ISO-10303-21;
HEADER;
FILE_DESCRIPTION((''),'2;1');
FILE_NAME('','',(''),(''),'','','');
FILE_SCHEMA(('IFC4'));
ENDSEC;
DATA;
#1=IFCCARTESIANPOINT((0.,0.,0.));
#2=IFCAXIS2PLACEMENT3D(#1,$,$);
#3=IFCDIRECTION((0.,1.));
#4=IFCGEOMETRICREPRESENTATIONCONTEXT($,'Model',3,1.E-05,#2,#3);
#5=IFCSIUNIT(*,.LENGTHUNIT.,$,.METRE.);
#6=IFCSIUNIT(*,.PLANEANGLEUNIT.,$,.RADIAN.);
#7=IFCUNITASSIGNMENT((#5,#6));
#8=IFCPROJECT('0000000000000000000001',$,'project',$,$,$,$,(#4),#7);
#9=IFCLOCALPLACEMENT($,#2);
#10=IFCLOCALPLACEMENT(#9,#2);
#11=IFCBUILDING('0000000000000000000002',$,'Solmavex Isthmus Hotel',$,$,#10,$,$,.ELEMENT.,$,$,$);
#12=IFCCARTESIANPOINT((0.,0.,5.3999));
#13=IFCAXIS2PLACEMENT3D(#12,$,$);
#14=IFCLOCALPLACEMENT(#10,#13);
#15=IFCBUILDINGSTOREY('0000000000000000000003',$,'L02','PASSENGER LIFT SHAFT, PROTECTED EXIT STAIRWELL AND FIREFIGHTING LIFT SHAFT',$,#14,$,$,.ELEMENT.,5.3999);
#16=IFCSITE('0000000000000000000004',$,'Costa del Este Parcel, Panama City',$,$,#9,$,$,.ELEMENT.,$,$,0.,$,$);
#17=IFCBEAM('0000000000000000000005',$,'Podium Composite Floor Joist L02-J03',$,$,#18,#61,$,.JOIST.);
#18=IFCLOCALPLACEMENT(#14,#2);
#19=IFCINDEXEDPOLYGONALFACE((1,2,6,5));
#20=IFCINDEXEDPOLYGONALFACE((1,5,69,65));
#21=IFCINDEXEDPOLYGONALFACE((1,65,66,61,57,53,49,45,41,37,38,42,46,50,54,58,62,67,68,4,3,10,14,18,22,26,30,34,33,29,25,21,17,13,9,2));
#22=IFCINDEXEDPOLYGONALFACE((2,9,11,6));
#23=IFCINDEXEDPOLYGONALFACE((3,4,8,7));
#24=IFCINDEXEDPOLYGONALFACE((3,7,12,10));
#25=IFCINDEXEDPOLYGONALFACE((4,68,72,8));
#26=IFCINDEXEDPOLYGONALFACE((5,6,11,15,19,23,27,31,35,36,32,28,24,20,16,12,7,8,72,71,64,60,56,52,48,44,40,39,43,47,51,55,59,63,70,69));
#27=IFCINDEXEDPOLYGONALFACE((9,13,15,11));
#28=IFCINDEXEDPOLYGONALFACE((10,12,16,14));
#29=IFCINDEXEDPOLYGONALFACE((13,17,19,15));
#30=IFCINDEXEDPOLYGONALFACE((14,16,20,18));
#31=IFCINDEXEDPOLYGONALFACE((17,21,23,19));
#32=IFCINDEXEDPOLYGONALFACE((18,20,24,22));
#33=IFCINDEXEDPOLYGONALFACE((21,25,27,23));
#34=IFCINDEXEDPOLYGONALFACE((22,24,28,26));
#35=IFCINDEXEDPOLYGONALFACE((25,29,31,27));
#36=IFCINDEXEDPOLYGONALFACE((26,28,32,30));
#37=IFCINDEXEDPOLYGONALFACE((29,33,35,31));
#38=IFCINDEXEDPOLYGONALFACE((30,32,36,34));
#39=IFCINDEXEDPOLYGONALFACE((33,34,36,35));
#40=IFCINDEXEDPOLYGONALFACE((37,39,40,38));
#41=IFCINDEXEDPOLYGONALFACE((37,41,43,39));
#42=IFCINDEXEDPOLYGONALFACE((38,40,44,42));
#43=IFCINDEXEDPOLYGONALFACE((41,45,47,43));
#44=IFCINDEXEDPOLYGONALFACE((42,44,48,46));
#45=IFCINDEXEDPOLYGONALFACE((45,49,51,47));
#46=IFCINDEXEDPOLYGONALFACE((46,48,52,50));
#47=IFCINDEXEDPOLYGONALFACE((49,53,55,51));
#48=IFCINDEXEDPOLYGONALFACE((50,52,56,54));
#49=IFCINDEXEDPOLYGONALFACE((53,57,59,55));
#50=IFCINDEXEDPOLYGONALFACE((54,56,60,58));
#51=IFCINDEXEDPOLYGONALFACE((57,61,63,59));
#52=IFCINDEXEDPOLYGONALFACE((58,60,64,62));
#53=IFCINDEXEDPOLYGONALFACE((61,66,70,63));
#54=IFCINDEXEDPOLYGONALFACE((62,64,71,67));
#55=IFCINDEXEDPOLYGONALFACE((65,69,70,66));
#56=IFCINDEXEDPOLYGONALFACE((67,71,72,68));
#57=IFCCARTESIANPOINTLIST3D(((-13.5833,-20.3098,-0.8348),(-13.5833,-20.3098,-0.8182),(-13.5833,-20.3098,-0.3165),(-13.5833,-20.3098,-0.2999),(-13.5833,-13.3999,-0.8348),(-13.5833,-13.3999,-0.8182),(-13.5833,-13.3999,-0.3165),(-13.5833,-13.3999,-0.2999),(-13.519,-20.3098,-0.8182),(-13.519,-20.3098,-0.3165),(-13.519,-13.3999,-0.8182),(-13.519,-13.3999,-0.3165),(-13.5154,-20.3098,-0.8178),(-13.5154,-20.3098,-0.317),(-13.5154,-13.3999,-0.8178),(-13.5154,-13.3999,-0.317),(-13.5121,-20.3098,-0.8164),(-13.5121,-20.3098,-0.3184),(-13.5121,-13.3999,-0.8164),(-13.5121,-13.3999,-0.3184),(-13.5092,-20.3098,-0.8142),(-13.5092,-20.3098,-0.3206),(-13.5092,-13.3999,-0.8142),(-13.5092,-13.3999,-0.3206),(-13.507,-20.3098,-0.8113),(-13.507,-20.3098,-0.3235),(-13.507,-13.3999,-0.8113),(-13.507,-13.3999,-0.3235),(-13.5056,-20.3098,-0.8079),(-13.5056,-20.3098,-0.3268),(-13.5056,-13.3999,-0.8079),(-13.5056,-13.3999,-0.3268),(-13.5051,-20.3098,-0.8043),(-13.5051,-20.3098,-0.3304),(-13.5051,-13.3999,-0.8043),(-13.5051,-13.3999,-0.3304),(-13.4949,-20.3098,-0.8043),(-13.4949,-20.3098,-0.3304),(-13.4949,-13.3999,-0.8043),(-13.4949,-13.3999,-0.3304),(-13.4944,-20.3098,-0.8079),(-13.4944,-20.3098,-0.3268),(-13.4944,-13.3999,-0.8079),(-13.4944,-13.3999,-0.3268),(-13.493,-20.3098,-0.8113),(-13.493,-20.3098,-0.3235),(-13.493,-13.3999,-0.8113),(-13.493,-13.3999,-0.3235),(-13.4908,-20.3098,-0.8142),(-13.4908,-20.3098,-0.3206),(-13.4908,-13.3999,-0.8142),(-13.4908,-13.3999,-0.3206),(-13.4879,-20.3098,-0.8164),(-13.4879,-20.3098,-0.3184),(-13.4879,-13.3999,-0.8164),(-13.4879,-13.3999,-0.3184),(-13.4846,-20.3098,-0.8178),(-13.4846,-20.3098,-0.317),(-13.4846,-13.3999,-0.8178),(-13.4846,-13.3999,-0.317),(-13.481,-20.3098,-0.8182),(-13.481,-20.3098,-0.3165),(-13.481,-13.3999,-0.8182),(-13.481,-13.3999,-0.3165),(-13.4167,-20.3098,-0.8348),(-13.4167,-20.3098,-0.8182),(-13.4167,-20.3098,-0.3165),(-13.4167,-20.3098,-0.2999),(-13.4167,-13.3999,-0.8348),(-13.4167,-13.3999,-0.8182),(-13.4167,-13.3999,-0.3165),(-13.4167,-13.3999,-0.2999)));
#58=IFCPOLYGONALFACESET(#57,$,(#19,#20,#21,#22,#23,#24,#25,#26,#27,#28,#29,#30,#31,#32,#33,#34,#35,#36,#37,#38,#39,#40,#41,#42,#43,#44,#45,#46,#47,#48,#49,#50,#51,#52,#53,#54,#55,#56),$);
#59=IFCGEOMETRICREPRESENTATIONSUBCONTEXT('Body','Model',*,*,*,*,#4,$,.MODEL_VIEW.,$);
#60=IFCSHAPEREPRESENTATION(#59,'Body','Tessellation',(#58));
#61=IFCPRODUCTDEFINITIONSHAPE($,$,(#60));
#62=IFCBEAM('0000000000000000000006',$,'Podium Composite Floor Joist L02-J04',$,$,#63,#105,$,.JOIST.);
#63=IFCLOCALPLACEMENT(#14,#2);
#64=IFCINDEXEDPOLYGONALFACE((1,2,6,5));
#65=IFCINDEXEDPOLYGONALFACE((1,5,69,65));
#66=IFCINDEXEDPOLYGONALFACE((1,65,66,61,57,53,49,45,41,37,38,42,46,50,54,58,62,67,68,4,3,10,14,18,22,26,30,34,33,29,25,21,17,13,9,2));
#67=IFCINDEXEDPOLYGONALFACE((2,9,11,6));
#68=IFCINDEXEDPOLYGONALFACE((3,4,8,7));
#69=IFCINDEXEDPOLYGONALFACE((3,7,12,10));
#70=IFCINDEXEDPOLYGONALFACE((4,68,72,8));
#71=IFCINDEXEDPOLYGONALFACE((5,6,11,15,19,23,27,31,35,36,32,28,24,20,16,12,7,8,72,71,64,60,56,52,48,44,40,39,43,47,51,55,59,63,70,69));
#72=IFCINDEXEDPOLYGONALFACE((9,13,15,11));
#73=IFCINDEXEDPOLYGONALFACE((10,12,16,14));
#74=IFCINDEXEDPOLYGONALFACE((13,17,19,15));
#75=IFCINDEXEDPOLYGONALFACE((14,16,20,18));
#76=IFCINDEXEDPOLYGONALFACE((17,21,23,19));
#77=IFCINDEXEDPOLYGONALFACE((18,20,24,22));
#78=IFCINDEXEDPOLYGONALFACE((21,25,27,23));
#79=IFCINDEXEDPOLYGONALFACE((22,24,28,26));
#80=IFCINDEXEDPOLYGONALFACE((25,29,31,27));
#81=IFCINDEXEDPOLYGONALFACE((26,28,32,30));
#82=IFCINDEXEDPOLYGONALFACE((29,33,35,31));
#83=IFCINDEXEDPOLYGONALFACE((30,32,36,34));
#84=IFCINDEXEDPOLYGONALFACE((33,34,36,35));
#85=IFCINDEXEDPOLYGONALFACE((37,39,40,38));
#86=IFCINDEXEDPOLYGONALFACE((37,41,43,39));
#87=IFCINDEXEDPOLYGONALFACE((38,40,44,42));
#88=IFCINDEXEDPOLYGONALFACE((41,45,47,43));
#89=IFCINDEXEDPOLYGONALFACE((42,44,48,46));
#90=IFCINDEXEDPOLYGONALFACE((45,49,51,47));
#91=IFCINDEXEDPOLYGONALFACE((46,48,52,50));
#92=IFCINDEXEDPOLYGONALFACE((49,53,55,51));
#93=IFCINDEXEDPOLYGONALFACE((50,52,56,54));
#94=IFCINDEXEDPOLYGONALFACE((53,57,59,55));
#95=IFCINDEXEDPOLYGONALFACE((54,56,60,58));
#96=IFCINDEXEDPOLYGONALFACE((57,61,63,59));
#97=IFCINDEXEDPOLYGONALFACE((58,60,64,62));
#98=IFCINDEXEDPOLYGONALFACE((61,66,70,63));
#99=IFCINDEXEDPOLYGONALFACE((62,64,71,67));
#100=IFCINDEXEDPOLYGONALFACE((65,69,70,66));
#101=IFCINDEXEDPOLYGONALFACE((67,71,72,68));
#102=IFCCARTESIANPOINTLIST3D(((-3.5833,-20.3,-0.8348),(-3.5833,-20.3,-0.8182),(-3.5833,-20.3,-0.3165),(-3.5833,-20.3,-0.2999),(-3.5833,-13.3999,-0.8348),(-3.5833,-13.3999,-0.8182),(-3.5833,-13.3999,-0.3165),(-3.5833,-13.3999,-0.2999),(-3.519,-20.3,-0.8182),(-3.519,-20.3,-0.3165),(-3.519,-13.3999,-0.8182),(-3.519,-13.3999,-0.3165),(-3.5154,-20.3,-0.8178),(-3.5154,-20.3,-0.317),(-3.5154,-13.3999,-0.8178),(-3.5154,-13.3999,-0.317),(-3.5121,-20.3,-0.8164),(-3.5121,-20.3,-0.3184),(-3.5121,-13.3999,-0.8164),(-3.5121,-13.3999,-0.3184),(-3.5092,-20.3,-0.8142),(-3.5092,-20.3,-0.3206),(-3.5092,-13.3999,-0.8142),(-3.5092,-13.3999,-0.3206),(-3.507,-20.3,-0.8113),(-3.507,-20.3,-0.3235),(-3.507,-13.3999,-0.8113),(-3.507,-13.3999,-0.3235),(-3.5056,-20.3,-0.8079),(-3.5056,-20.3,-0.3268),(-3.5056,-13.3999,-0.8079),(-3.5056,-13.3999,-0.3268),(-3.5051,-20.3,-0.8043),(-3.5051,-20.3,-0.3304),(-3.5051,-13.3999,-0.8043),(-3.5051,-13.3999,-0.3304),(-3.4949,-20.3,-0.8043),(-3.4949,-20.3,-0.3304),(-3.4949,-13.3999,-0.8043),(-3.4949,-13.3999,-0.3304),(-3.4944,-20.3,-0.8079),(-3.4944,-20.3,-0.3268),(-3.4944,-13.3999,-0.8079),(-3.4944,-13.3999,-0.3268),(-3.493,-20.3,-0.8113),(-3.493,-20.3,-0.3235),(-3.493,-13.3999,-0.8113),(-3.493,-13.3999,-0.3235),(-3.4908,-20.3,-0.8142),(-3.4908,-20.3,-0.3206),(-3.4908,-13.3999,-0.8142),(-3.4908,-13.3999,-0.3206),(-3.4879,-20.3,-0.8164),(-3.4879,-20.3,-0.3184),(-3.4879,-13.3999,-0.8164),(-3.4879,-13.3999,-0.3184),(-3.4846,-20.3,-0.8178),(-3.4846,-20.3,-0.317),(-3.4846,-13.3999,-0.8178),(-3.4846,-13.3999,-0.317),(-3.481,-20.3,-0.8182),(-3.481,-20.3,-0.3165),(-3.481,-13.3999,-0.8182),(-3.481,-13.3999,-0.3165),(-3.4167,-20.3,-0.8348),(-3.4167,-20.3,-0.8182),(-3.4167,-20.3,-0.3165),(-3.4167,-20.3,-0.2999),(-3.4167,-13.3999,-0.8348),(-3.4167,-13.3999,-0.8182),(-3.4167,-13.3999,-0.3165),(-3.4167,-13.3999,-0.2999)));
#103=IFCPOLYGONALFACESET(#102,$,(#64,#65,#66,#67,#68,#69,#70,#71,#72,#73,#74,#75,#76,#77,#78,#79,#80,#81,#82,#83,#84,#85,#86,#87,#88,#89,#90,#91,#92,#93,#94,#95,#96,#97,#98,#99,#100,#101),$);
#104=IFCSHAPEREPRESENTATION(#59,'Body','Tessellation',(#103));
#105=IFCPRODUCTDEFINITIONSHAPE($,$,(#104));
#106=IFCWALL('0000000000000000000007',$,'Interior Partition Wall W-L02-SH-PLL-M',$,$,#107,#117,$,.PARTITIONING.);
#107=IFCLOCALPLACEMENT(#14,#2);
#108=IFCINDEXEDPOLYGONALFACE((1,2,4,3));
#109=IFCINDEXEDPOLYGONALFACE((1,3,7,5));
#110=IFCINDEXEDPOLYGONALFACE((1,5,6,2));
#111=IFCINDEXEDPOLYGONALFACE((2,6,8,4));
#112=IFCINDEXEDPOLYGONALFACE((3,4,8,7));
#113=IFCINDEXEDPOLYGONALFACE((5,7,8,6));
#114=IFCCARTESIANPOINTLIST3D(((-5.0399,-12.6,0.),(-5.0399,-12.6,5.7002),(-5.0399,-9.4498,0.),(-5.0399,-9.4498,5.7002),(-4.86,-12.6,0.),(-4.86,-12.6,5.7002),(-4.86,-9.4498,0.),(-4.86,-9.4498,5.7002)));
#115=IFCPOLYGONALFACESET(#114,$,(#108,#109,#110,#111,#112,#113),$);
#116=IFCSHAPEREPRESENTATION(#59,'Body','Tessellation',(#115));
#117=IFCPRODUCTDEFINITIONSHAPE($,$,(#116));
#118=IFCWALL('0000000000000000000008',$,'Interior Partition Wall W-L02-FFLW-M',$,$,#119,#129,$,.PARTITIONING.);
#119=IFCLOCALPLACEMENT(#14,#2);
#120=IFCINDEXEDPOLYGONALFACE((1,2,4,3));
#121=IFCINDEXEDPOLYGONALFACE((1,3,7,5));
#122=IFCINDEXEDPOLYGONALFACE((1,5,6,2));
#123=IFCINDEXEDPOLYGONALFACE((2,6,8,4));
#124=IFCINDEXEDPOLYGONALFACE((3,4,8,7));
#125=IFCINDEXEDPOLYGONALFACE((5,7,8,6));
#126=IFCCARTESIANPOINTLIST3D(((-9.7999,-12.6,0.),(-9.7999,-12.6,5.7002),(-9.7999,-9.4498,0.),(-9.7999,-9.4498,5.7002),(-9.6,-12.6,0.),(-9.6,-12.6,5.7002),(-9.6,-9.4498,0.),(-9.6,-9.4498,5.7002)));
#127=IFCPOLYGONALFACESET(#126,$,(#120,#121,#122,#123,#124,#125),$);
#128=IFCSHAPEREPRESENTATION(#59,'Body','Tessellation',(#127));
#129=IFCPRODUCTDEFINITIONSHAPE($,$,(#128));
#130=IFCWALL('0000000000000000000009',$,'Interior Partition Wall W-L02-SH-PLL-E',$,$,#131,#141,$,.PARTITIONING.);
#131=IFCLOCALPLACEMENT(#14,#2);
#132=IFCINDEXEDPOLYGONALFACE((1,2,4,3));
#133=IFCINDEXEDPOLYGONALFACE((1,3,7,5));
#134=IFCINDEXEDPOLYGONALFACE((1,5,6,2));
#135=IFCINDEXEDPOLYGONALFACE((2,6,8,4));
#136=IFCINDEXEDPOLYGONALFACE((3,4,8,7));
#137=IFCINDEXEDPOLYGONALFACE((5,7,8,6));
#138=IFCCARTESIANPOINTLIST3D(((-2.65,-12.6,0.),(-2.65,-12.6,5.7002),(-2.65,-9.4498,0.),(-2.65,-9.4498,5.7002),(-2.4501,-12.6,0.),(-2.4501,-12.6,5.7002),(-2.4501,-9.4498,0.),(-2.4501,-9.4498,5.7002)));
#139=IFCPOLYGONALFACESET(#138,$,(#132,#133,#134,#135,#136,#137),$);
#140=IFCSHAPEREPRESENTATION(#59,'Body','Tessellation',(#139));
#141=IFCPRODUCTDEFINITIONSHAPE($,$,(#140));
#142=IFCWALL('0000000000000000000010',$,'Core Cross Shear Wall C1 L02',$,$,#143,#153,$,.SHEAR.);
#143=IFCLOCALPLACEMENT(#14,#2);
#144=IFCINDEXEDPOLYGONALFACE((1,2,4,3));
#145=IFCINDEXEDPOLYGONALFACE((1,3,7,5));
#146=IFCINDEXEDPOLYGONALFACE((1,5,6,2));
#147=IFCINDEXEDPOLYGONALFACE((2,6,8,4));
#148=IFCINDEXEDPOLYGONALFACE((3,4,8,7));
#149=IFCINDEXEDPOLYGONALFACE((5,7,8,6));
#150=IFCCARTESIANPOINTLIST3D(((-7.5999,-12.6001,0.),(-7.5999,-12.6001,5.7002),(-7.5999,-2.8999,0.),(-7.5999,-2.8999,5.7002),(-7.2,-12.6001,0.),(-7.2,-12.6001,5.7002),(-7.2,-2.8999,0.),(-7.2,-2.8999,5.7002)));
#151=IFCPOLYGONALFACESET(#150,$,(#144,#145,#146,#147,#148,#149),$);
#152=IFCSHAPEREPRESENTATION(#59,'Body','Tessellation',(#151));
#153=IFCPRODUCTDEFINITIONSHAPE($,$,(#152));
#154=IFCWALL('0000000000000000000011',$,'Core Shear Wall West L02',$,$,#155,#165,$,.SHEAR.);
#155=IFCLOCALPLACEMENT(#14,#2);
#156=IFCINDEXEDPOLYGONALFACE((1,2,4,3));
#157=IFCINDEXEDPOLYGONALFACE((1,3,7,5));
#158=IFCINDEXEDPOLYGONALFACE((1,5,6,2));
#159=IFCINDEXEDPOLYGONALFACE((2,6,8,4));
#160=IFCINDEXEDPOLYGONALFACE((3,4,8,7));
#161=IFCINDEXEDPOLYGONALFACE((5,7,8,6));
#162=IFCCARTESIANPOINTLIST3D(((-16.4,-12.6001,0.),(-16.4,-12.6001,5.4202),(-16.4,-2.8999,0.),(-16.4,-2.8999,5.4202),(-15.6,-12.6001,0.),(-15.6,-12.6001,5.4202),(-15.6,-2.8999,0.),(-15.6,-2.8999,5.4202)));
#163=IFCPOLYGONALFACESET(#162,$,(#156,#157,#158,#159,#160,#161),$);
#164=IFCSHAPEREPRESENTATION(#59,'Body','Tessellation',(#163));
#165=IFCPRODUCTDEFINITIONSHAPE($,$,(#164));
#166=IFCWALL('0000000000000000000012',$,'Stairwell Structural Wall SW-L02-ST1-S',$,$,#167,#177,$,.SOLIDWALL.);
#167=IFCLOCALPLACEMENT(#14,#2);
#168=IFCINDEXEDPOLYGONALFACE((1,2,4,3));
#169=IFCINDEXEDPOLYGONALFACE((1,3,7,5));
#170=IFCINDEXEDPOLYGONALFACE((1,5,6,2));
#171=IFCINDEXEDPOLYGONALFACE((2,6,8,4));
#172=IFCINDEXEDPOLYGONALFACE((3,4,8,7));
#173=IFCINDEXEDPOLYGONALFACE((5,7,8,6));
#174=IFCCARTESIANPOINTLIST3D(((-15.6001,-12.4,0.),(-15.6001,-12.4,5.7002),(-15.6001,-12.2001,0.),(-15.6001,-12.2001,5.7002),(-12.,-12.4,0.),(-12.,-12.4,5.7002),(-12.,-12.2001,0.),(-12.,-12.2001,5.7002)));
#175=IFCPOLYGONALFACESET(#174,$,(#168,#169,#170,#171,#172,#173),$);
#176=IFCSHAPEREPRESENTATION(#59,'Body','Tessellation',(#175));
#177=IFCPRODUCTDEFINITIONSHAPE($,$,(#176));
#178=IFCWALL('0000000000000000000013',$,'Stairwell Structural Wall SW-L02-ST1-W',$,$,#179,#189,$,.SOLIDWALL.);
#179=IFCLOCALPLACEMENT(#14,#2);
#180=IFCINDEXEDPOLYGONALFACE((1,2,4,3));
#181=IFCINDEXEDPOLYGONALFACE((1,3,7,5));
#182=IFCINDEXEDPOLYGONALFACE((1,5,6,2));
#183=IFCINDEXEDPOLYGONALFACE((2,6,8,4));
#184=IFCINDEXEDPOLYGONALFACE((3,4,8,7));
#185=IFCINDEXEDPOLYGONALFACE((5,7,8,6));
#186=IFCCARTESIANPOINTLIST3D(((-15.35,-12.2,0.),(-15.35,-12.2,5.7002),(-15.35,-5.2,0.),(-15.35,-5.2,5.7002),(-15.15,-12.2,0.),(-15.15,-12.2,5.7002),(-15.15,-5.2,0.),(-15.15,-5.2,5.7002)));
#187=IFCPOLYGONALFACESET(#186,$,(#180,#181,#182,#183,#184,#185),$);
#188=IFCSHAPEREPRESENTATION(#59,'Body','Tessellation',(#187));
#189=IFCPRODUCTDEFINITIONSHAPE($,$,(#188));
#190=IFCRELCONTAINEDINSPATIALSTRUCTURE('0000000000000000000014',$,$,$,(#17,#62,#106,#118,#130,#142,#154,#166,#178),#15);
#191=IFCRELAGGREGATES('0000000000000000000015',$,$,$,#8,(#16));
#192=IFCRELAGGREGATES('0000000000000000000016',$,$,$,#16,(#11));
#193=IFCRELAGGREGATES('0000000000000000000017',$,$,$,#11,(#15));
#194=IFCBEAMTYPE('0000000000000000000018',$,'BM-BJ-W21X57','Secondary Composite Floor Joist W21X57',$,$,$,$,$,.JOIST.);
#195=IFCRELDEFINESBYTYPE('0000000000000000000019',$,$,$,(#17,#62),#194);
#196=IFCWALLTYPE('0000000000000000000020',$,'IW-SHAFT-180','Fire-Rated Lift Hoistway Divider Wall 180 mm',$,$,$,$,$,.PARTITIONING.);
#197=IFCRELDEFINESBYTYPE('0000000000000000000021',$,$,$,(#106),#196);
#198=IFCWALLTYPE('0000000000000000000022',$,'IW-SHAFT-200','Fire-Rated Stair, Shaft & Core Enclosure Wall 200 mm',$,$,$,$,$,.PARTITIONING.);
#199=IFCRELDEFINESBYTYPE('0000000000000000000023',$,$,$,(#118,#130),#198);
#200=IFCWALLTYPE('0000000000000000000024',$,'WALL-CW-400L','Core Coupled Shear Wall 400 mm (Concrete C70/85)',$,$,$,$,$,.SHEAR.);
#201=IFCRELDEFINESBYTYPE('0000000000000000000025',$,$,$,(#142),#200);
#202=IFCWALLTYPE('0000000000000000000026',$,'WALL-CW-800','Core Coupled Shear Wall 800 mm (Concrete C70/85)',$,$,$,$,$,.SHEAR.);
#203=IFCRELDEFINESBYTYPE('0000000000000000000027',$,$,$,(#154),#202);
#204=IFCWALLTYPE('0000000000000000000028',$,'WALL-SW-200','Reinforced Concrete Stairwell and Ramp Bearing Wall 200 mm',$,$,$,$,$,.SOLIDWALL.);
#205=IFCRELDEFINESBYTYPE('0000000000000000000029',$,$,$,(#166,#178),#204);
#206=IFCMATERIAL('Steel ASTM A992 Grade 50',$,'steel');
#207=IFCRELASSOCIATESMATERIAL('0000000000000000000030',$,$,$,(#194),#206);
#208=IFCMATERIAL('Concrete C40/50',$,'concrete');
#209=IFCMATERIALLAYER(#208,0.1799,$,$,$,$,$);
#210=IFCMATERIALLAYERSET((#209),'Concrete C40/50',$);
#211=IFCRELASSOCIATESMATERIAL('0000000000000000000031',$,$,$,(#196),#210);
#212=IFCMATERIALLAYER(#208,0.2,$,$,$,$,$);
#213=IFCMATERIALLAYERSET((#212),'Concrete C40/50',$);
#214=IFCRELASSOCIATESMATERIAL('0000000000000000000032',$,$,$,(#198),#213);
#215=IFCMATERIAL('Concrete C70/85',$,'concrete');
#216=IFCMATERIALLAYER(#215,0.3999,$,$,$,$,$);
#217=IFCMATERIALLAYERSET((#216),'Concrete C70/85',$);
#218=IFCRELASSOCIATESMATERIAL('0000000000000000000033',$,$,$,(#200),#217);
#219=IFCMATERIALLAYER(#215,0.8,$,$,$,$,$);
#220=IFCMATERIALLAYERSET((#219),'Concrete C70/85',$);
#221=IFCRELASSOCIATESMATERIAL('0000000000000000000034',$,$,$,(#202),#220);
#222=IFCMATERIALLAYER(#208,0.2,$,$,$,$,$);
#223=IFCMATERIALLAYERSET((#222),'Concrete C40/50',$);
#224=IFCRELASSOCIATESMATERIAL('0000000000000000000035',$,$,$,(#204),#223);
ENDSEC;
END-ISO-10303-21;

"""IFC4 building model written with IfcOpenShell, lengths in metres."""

from ifc_helpers import new_model, si_unit, direction, frame, frame_2d, origin, origin_2d, place, context, subcontext, project, spatial, rectangle, i_section, extrude, material, layer, layer_set, material_profile, profile_set, type_object, element, save


model = new_model("IFC4")

# Units and contexts
model_context = context("Model", 3, precision=1e-05, world=origin(), true_north=direction((0.0, 1.0)))
body_context = subcontext(model_context, "Body", "Model", "MODEL_VIEW")
ifc_project = project(units=[si_unit("LENGTHUNIT", "METRE"), si_unit("PLANEANGLEUNIT", "RADIAN")], contexts=[model_context])

# Site, building, storey
site_placement = place(None, origin())
site = spatial("IfcSite", under=ifc_project, at=site_placement, Name="Costa del Este Parcel, Panama City", CompositionType="ELEMENT", RefElevation=0.0)
building_placement = place(site_placement, origin())
building = spatial("IfcBuilding", under=site, at=building_placement, Name="Solmavex Isthmus Hotel", CompositionType="ELEMENT")
storey_placement = place(building_placement, frame((0.0, 0.0, 5.3999)))
storey = spatial("IfcBuildingStorey", under=building, at=storey_placement, Name="L02", Description="PASSENGER LIFT SHAFT, PROTECTED EXIT STAIRWELL AND FIREFIGHTING LIFT SHAFT", CompositionType="ELEMENT", Elevation=5.3999)

# Shared definitions
ifc_material_1 = material(Name="Concrete C70/85", Category="concrete")

# Beams
ifc_material_2 = material(Name="Steel ASTM A992 Grade 50", Category="steel")
ifc_material_profile_1 = material_profile(ifc_material_2, i_section(OverallWidth=0.1665, OverallDepth=0.5349, WebThickness=0.0103, FlangeThickness=0.0166, FilletRadius=0.0139, at=origin_2d()), Name="W21X57")
ifc_profile_set_1 = profile_set([ifc_material_profile_1], Name="Steel ASTM A992 Grade 50")
beam_type_1 = type_object("IfcBeamType", Name="BM-BJ-W21X57", Description="Secondary Composite Floor Joist W21X57", PredefinedType="JOIST", material=ifc_profile_set_1)
beam_1_placement = place(storey_placement, frame((-13.5, -20.3098, -0.5674), z_axis=(0.0, 1.0, 0.0), x_axis=(-1.0, 0.0, 0.0)))
element("IfcBeam", 1, at=beam_1_placement, inside=storey, type_object=beam_type_1, Name="Podium Composite Floor Joist L02-J03", PredefinedType="JOIST", context=body_context, shape_type="SweptSolid", body=[
    extrude(i_section(OverallWidth=0.1665, OverallDepth=0.5349, WebThickness=0.0103, FlangeThickness=0.0166, FilletRadius=0.0139, at=origin_2d()), origin(), (0.0, 0.0, 1.0), 6.9099),
])
beam_2_placement = place(storey_placement, frame((-3.5, -20.3, -0.5674), z_axis=(0.0, 1.0, 0.0), x_axis=(-1.0, 0.0, 0.0)))
element("IfcBeam", 2, at=beam_2_placement, inside=storey, type_object=beam_type_1, Name="Podium Composite Floor Joist L02-J04", PredefinedType="JOIST", context=body_context, shape_type="SweptSolid", body=[
    extrude(i_section(OverallWidth=0.1665, OverallDepth=0.5349, WebThickness=0.0103, FlangeThickness=0.0166, FilletRadius=0.0139, at=origin_2d()), origin(), (0.0, 0.0, 1.0), 6.9001),
])

# Walls
ifc_material_3 = material(Name="Concrete C40/50", Category="concrete")
ifc_layer_1 = layer(ifc_material_3, 0.1799)
ifc_layer_set_1 = layer_set([ifc_layer_1], Name="Concrete C40/50")
wall_type_1 = type_object("IfcWallType", Name="IW-SHAFT-180", Description="Fire-Rated Lift Hoistway Divider Wall 180 mm", PredefinedType="PARTITIONING", material=ifc_layer_set_1)
wall_1_placement = place(storey_placement, frame((-4.95, -12.6001, 0.0), z_axis=(0.0, 0.0, 1.0), x_axis=(0.0, 1.0, 0.0)))
element("IfcWall", 3, at=wall_1_placement, inside=storey, type_object=wall_type_1, Name="Interior Partition Wall W-L02-SH-PLL-M", PredefinedType="PARTITIONING", context=body_context, shape_type="SweptSolid", body=[
    extrude(rectangle(XDim=3.1501, YDim=0.1799, at=frame_2d((1.5752, 0.0))), origin(), (0.0, 0.0, 1.0), 5.7002),
])
ifc_layer_2 = layer(ifc_material_3, 0.2)
ifc_layer_set_2 = layer_set([ifc_layer_2], Name="Concrete C40/50")
wall_type_2 = type_object("IfcWallType", Name="IW-SHAFT-200", Description="Fire-Rated Stair, Shaft & Core Enclosure Wall 200 mm", PredefinedType="PARTITIONING", material=ifc_layer_set_2)
for number, where, z_axis, x_axis, name in (
    (4, (-9.7, -12.6001, 0.0), (0.0, 0.0, 1.0), (0.0, 1.0, 0.0), "Interior Partition Wall W-L02-FFLW-M"),
    (5, (-2.55, -12.6001, 0.0), (0.0, 0.0, 1.0), (0.0, 1.0, 0.0), "Interior Partition Wall W-L02-SH-PLL-E"),
):
    element("IfcWall", number, at=place(storey_placement, frame(where, z_axis=z_axis, x_axis=x_axis)), inside=storey, type_object=wall_type_2, Name=name, PredefinedType="PARTITIONING", context=body_context, shape_type="SweptSolid", body=[
        extrude(rectangle(XDim=3.1501, YDim=0.2, at=frame_2d((1.5752, 0.0))), origin(), (0.0, 0.0, 1.0), 5.7002),
    ])
ifc_layer_3 = layer(ifc_material_1, 0.3999)
ifc_layer_set_3 = layer_set([ifc_layer_3], Name="Concrete C70/85")
wall_type_3 = type_object("IfcWallType", Name="WALL-CW-400L", Description="Core Coupled Shear Wall 400 mm (Concrete C70/85)", PredefinedType="SHEAR", material=ifc_layer_set_3)
wall_2_placement = place(storey_placement, frame((-7.3999, -12.6001, 0.0), z_axis=(0.0, 0.0, 1.0), x_axis=(0.0, 1.0, 0.0)))
element("IfcWall", 6, at=wall_2_placement, inside=storey, type_object=wall_type_3, Name="Core Cross Shear Wall C1 L02", PredefinedType="SHEAR", context=body_context, shape_type="SweptSolid", body=[
    extrude(rectangle(XDim=9.7002, YDim=0.3999, at=frame_2d((4.8501, 0.0))), origin(), (0.0, 0.0, 1.0), 5.7002),
])
ifc_layer_4 = layer(ifc_material_1, 0.8)
ifc_layer_set_4 = layer_set([ifc_layer_4], Name="Concrete C70/85")
wall_type_4 = type_object("IfcWallType", Name="WALL-CW-800", Description="Core Coupled Shear Wall 800 mm (Concrete C70/85)", PredefinedType="SHEAR", material=ifc_layer_set_4)
wall_3_placement = place(storey_placement, frame((-16.0, -12.6001, 0.0), z_axis=(0.0, 0.0, 1.0), x_axis=(0.0, 1.0, 0.0)))
element("IfcWall", 7, at=wall_3_placement, inside=storey, type_object=wall_type_4, Name="Core Shear Wall West L02", PredefinedType="SHEAR", context=body_context, shape_type="SweptSolid", body=[
    extrude(rectangle(XDim=9.7002, YDim=0.8, at=frame_2d((4.8501, 0.0))), origin(), (0.0, 0.0, 1.0), 5.4202),
])
ifc_layer_5 = layer(ifc_material_3, 0.2)
ifc_layer_set_5 = layer_set([ifc_layer_5], Name="Concrete C40/50")
wall_type_5 = type_object("IfcWallType", Name="WALL-SW-200", Description="Reinforced Concrete Stairwell and Ramp Bearing Wall 200 mm", PredefinedType="SOLIDWALL", material=ifc_layer_set_5)
wall_4_placement = place(storey_placement, frame((-15.6001, -12.3, 0.0), z_axis=(0.0, 0.0, 1.0), x_axis=(1.0, 0.0, 0.0)))
element("IfcWall", 8, at=wall_4_placement, inside=storey, type_object=wall_type_5, Name="Stairwell Structural Wall SW-L02-ST1-S", PredefinedType="SOLIDWALL", context=body_context, shape_type="SweptSolid", body=[
    extrude(rectangle(XDim=3.6001, YDim=0.2, at=frame_2d((1.8, 0.0))), origin(), (0.0, 0.0, 1.0), 5.7002),
])
wall_5_placement = place(storey_placement, frame((-15.25, -12.2, 0.0), z_axis=(0.0, 0.0, 1.0), x_axis=(0.0, 1.0, 0.0)))
element("IfcWall", 9, at=wall_5_placement, inside=storey, type_object=wall_type_5, Name="Stairwell Structural Wall SW-L02-ST1-W", PredefinedType="SOLIDWALL", context=body_context, shape_type="SweptSolid", body=[
    extrude(rectangle(XDim=7.0, YDim=0.2, at=frame_2d((3.5, 0.0))), origin(), (0.0, 0.0, 1.0), 5.7002),
])

save(model, "model.ifc")
